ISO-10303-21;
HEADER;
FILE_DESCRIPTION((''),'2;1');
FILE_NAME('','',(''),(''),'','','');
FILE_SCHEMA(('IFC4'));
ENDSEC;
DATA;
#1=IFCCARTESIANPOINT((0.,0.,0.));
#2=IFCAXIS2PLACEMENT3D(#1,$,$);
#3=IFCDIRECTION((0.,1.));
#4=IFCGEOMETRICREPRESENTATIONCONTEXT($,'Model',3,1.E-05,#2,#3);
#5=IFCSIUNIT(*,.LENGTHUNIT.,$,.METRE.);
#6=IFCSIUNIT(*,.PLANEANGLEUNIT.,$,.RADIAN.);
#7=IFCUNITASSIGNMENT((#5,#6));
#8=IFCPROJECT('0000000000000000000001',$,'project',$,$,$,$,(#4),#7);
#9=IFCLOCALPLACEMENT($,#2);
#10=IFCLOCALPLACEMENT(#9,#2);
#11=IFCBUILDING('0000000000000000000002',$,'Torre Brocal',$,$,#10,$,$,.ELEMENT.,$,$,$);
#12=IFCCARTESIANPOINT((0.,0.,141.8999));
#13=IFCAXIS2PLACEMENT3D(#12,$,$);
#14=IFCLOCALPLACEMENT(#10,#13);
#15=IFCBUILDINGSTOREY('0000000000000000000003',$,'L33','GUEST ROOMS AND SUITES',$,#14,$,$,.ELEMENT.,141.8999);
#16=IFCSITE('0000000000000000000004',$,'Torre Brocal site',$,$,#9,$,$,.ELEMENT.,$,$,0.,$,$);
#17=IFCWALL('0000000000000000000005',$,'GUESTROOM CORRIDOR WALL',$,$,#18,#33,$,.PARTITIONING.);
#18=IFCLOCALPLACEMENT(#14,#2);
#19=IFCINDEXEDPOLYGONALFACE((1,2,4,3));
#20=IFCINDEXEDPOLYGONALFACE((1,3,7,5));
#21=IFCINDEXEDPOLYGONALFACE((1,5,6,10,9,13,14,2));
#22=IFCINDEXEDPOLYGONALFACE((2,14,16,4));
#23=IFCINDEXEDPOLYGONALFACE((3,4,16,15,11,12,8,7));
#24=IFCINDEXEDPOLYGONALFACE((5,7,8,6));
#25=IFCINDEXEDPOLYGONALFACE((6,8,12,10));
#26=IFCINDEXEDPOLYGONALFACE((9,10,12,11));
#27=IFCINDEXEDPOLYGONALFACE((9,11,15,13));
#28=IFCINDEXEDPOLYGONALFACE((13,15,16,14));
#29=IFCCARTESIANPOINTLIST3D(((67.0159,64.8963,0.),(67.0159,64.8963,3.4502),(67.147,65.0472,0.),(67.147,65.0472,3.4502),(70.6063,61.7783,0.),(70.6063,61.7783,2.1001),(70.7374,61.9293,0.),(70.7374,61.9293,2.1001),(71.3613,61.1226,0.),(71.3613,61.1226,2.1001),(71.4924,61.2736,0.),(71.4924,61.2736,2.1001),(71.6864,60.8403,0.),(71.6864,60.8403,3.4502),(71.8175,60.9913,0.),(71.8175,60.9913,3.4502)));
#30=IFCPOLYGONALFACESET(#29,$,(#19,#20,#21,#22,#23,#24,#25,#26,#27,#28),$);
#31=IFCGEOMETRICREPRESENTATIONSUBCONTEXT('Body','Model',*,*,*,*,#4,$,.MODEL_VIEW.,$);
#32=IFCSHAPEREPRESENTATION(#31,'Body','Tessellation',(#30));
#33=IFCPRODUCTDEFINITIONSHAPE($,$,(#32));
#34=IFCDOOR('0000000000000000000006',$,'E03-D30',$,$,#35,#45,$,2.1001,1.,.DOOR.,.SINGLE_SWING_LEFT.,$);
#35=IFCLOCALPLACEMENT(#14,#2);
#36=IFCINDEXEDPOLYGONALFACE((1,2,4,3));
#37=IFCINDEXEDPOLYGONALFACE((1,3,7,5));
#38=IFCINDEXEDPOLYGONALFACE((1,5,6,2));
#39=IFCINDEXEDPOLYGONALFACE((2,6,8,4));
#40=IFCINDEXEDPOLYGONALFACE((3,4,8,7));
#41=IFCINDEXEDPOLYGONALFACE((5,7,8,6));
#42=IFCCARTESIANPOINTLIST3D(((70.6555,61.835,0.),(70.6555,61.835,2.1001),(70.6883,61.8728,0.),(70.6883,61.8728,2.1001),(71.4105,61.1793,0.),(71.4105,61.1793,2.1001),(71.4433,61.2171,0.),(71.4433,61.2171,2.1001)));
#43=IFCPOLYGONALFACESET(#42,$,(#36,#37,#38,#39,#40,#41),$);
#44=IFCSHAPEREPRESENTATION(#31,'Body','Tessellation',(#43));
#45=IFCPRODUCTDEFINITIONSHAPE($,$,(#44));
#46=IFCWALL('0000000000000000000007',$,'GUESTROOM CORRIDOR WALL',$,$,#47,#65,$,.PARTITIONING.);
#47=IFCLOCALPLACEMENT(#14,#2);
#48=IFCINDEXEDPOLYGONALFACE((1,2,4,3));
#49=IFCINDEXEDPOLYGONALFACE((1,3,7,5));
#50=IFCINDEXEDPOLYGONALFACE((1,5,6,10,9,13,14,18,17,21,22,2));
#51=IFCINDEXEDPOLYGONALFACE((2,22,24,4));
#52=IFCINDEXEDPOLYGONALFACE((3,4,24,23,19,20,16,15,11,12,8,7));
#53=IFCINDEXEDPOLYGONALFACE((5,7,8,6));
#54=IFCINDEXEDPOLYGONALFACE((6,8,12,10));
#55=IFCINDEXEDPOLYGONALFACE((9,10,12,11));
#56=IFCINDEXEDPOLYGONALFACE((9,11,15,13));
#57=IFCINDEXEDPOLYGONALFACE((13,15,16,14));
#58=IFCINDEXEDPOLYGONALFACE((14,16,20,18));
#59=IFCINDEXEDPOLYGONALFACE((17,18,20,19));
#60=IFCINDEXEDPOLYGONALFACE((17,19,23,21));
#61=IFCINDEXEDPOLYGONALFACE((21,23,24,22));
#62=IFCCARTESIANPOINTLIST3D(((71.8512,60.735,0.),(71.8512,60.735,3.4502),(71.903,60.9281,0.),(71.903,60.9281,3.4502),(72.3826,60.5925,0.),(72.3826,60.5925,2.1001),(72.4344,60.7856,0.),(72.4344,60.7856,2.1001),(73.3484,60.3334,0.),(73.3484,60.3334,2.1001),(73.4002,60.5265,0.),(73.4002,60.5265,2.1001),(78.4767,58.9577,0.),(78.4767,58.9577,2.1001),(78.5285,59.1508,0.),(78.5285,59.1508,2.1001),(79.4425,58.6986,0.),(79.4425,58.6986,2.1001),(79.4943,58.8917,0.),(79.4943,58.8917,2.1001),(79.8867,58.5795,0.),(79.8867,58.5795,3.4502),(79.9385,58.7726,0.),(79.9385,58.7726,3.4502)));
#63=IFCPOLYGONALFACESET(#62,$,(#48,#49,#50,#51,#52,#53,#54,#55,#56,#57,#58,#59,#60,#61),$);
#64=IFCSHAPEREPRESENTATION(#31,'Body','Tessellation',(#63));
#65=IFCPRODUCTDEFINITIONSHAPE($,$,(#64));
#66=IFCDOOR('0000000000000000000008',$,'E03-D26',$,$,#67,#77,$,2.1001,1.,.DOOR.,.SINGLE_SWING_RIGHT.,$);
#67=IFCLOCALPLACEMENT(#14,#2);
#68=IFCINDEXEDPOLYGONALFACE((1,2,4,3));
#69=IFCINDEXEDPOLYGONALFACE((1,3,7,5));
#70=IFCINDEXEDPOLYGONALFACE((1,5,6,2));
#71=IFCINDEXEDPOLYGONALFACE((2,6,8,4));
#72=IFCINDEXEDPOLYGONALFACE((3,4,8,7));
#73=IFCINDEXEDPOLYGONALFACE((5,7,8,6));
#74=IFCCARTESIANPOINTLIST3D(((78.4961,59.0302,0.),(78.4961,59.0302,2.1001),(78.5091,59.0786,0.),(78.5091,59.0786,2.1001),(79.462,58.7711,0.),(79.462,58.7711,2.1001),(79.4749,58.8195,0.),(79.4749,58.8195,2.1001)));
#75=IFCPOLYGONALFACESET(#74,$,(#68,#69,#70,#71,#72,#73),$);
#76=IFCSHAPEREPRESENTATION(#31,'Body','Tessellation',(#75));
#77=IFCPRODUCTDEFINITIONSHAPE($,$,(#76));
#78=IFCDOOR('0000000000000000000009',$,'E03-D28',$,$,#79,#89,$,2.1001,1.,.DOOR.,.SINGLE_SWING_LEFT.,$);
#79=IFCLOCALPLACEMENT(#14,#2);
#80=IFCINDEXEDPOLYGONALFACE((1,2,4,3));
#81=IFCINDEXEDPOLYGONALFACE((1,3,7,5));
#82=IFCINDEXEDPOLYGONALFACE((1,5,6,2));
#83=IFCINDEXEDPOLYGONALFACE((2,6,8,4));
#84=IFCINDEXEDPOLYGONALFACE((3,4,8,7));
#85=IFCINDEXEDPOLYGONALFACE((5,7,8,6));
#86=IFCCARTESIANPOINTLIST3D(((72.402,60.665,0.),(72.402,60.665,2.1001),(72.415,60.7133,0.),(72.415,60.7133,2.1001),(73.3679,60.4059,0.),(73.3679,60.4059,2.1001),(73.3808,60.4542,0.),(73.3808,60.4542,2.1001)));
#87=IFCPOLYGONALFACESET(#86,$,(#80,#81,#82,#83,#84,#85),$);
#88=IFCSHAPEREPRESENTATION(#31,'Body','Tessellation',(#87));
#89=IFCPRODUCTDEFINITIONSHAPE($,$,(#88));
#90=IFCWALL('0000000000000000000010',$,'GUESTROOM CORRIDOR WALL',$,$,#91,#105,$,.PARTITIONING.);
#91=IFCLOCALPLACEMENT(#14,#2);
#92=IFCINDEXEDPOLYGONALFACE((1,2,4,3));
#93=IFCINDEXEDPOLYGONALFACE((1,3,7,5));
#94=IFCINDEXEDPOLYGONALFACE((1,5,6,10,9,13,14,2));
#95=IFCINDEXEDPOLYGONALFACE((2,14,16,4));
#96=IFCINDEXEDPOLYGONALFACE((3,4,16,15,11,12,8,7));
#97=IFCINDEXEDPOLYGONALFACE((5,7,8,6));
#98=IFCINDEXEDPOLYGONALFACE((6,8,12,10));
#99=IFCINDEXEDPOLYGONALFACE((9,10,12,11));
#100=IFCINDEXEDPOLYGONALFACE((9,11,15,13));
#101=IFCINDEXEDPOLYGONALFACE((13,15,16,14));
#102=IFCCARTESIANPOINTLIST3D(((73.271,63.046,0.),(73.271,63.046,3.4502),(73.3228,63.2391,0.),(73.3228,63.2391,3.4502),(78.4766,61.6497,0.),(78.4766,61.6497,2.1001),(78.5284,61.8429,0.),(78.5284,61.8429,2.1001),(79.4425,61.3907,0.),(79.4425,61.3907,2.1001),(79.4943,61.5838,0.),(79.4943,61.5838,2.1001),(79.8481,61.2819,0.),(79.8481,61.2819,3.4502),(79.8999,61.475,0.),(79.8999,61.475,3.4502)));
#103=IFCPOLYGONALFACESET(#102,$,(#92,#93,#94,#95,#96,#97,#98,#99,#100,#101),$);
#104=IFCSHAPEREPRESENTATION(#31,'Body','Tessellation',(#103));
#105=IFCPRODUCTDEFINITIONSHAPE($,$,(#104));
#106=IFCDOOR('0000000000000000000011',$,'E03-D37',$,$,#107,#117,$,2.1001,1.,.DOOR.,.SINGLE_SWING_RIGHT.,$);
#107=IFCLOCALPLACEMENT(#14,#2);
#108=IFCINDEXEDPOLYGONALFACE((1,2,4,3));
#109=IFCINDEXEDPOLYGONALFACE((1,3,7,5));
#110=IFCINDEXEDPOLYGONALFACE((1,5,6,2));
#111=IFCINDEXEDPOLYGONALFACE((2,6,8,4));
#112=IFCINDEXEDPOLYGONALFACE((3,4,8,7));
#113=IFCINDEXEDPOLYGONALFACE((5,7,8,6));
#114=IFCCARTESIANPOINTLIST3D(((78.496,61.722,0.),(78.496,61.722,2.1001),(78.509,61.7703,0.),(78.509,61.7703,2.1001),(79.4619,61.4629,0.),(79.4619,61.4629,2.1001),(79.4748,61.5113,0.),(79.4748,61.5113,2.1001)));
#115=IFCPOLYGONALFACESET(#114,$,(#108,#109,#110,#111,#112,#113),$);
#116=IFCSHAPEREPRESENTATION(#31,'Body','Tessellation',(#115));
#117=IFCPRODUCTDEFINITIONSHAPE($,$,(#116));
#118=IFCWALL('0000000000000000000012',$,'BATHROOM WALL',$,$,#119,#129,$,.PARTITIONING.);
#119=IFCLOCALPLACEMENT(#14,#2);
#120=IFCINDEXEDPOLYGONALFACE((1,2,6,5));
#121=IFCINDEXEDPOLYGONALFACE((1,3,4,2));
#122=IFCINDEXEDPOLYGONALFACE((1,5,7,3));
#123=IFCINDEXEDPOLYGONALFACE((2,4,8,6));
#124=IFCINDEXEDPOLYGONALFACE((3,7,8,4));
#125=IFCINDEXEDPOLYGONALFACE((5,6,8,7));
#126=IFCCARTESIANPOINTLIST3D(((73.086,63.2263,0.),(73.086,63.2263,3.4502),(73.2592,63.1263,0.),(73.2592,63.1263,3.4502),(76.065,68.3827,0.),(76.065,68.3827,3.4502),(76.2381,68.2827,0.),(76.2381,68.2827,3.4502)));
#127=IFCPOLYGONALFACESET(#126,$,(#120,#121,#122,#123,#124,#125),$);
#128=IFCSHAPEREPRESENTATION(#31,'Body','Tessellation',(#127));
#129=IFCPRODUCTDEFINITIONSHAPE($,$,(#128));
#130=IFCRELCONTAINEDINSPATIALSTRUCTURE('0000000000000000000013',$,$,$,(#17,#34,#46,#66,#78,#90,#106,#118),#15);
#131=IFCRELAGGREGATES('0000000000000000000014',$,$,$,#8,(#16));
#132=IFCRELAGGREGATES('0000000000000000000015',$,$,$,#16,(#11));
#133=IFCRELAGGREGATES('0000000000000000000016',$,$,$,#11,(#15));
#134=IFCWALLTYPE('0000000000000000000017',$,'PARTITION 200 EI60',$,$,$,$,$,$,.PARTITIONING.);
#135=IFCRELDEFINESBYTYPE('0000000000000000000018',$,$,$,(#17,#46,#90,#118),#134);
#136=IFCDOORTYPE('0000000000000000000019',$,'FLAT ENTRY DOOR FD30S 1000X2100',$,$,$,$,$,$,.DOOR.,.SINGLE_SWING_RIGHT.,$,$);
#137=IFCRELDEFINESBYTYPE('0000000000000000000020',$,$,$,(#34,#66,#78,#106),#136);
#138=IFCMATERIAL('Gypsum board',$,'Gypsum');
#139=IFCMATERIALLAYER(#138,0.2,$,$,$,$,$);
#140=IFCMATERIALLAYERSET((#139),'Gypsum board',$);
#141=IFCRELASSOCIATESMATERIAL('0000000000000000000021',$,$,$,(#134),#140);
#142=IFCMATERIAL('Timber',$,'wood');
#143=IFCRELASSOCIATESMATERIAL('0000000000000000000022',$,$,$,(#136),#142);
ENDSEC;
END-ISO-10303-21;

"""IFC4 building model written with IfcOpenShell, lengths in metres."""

from ifc_helpers import new_model, si_unit, direction, frame, frame_2d, origin, place, context, subcontext, project, spatial, rectangle, extrude, material, layer, layer_set, type_object, element, fill, save


model = new_model("IFC4")

# Units and contexts
model_context = context("Model", 3, precision=1e-05, world=origin(), true_north=direction((0.0, 1.0)))
body_context = subcontext(model_context, "Body", "Model", "MODEL_VIEW")
ifc_project = project(units=[si_unit("LENGTHUNIT", "METRE"), si_unit("PLANEANGLEUNIT", "RADIAN")], contexts=[model_context])

# Site, building, storey
site_placement = place(None, origin())
site = spatial("IfcSite", under=ifc_project, at=site_placement, Name="Torre Brocal site", CompositionType="ELEMENT", RefElevation=0.0)
building_placement = place(site_placement, origin())
building = spatial("IfcBuilding", under=site, at=building_placement, Name="Torre Brocal", CompositionType="ELEMENT")
storey_placement = place(building_placement, frame((0.0, 0.0, 141.8999)))
storey = spatial("IfcBuildingStorey", under=building, at=storey_placement, Name="L33", Description="GUEST ROOMS AND SUITES", CompositionType="ELEMENT", Elevation=141.8999)

# Wall, opening, door
ifc_material_1 = material(Name="Gypsum board", Category="Gypsum")
ifc_layer_1 = layer(ifc_material_1, 0.2)
ifc_layer_set_1 = layer_set([ifc_layer_1], Name="Gypsum board")
wall_type_1 = type_object("IfcWallType", Name="PARTITION 200 EI60", PredefinedType="PARTITIONING", material=ifc_layer_set_1)
wall_1_placement = place(storey_placement, frame((67.0815, 64.9717, 0.0), z_axis=(0.0, 0.0, 1.0), x_axis=(0.755031, -0.655689, 0.0)))
wall_1 = element("IfcWall", 1, at=wall_1_placement, inside=storey, type_object=wall_type_1, Name="GUESTROOM CORRIDOR WALL", PredefinedType="PARTITIONING", context=body_context, shape_type="SweptSolid", body=[
    extrude(rectangle(XDim=6.1858, YDim=0.2, at=frame_2d((3.0928, 0.0))), origin(), (0.0, 0.0, 1.0), 3.4502),
])
opening_1_placement = place(wall_1_placement, frame((4.7551, 0.0, 0.0)))
opening_1 = element("IfcOpeningElement", 2, at=opening_1_placement, cuts=wall_1, PredefinedType="OPENING", context=body_context, shape_type="SweptSolid", body=[
    extrude(rectangle(XDim=1.0, YDim=2.1001, at=frame_2d((0.5, 1.05))), frame((0.0, 0.1099, 0.0), z_axis=(0.0, -1.0, 0.0), x_axis=(1.0, 0.0, 0.0)), (0.0, 0.0, 1.0), 0.22),
])
ifc_material_2 = material(Name="Timber", Category="wood")
door_type_1 = type_object("IfcDoorType", Name="FLAT ENTRY DOOR FD30S 1000X2100", OperationType="SINGLE_SWING_RIGHT", PredefinedType="DOOR", material=ifc_material_2)
door_1_placement = place(opening_1_placement, frame((1.0, 0.0, 0.0), z_axis=(0.0, 0.0, 1.0), x_axis=(-1.0, 0.0, 0.0)))
door_1 = element("IfcDoor", 3, at=door_1_placement, inside=storey, type_object=door_type_1, Name="E03-D30", OperationType="SINGLE_SWING_LEFT", OverallHeight=2.1001, OverallWidth=1.0, PredefinedType="DOOR", context=body_context, shape_type="SweptSolid", body=[
    extrude(rectangle(XDim=1.0, YDim=2.1001, at=frame_2d((0.5, 1.05))), frame((0.0, 0.0249, 0.0), z_axis=(0.0, -1.0, 0.0), x_axis=(1.0, 0.0, 0.0)), (0.0, 0.0, 1.0), 0.05),
])
fill(opening_1, door_1)

# Wall, openings, doors
wall_2_placement = place(storey_placement, frame((71.8772, 60.8315, 0.0), z_axis=(0.0, 0.0, 1.0), x_axis=(0.965853, -0.259093, 0.0)))
wall_2 = element("IfcWall", 4, at=wall_2_placement, inside=storey, type_object=wall_type_1, Name="GUESTROOM CORRIDOR WALL", PredefinedType="PARTITIONING", context=body_context, shape_type="SweptSolid", body=[
    extrude(rectangle(XDim=8.3196, YDim=0.2, at=frame_2d((4.1597, 0.0))), origin(), (0.0, 0.0, 1.0), 3.4502),
])
opening_2_placement = place(wall_2_placement, frame((6.8596, 0.0, 0.0)))
opening_2 = element("IfcOpeningElement", 5, at=opening_2_placement, cuts=wall_2, PredefinedType="OPENING", context=body_context, shape_type="SweptSolid", body=[
    extrude(rectangle(XDim=1.0, YDim=2.1001, at=frame_2d((0.5, 1.05))), frame((0.0, 0.1099, 0.0), z_axis=(0.0, -1.0, 0.0), x_axis=(1.0, 0.0, 0.0)), (0.0, 0.0, 1.0), 0.22),
])
opening_3_placement = place(wall_2_placement, frame((0.55, 0.0, 0.0)))
opening_3 = element("IfcOpeningElement", 6, at=opening_3_placement, cuts=wall_2, PredefinedType="OPENING", context=body_context, shape_type="SweptSolid", body=[
    extrude(rectangle(XDim=1.0, YDim=2.1001, at=frame_2d((0.5, 1.05))), frame((0.0, 0.1099, 0.0), z_axis=(0.0, -1.0, 0.0), x_axis=(1.0, 0.0, 0.0)), (0.0, 0.0, 1.0), 0.22),
])
door_2_placement = place(opening_2_placement, frame((1.0, 0.0, 0.0), z_axis=(0.0, 0.0, 1.0), x_axis=(-1.0, 0.0, 0.0)))
door_2 = element("IfcDoor", 7, at=door_2_placement, inside=storey, type_object=door_type_1, Name="E03-D26", OperationType="SINGLE_SWING_RIGHT", OverallHeight=2.1001, OverallWidth=1.0, PredefinedType="DOOR", context=body_context, shape_type="SweptSolid", body=[
    extrude(rectangle(XDim=1.0, YDim=2.1001, at=frame_2d((0.5, 1.05))), frame((0.0, 0.0249, 0.0), z_axis=(0.0, -1.0, 0.0), x_axis=(1.0, 0.0, 0.0)), (0.0, 0.0, 1.0), 0.05),
])
fill(opening_2, door_2)
door_3_placement = place(opening_3_placement, frame((1.0, 0.0, 0.0), z_axis=(0.0, 0.0, 1.0), x_axis=(-1.0, 0.0, 0.0)))
door_3 = element("IfcDoor", 8, at=door_3_placement, inside=storey, type_object=door_type_1, Name="E03-D28", OperationType="SINGLE_SWING_LEFT", OverallHeight=2.1001, OverallWidth=1.0, PredefinedType="DOOR", context=body_context, shape_type="SweptSolid", body=[
    extrude(rectangle(XDim=1.0, YDim=2.1001, at=frame_2d((0.5, 1.05))), frame((0.0, 0.0249, 0.0), z_axis=(0.0, -1.0, 0.0), x_axis=(1.0, 0.0, 0.0)), (0.0, 0.0, 1.0), 0.05),
])
fill(opening_3, door_3)

# Wall, opening, door
wall_3_placement = place(storey_placement, frame((73.2969, 63.1426, 0.0), z_axis=(0.0, 0.0, 1.0), x_axis=(0.965859, -0.259068, 0.0)))
wall_3 = element("IfcWall", 9, at=wall_3_placement, inside=storey, type_object=wall_type_1, Name="GUESTROOM CORRIDOR WALL", PredefinedType="PARTITIONING", context=body_context, shape_type="SweptSolid", body=[
    extrude(rectangle(XDim=6.8096, YDim=0.2, at=frame_2d((3.4048, 0.0))), origin(), (0.0, 0.0, 1.0), 3.4502),
])
opening_4_placement = place(wall_3_placement, frame((5.3896, 0.0, 0.0)))
opening_4 = element("IfcOpeningElement", 10, at=opening_4_placement, cuts=wall_3, PredefinedType="OPENING", context=body_context, shape_type="SweptSolid", body=[
    extrude(rectangle(XDim=1.0, YDim=2.1001, at=frame_2d((0.5, 1.05))), frame((0.0, 0.1099, 0.0), z_axis=(0.0, -1.0, 0.0), x_axis=(1.0, 0.0, 0.0)), (0.0, 0.0, 1.0), 0.22),
])
door_4_placement = place(opening_4_placement, origin())
door_4 = element("IfcDoor", 11, at=door_4_placement, inside=storey, type_object=door_type_1, Name="E03-D37", OperationType="SINGLE_SWING_RIGHT", OverallHeight=2.1001, OverallWidth=1.0, PredefinedType="DOOR", context=body_context, shape_type="SweptSolid", body=[
    extrude(rectangle(XDim=1.0, YDim=2.1001, at=frame_2d((0.5, 1.05))), frame((0.0, 0.0249, 0.0), z_axis=(0.0, -1.0, 0.0), x_axis=(1.0, 0.0, 0.0)), (0.0, 0.0, 1.0), 0.05),
])
fill(opening_4, door_4)

# Wall
wall_4_placement = place(storey_placement, frame((73.1726, 63.1763, 0.0), z_axis=(0.0, 0.0, 1.0), x_axis=(0.500239, 0.865887, 0.0)))
element("IfcWall", 12, at=wall_4_placement, inside=storey, type_object=wall_type_1, Name="BATHROOM WALL", PredefinedType="PARTITIONING", context=body_context, shape_type="SweptSolid", body=[
    extrude(rectangle(XDim=5.9551, YDim=0.2, at=frame_2d((2.9775, 0.0))), origin(), (0.0, 0.0, 1.0), 3.4502),
])

save(model, "model.ifc")
